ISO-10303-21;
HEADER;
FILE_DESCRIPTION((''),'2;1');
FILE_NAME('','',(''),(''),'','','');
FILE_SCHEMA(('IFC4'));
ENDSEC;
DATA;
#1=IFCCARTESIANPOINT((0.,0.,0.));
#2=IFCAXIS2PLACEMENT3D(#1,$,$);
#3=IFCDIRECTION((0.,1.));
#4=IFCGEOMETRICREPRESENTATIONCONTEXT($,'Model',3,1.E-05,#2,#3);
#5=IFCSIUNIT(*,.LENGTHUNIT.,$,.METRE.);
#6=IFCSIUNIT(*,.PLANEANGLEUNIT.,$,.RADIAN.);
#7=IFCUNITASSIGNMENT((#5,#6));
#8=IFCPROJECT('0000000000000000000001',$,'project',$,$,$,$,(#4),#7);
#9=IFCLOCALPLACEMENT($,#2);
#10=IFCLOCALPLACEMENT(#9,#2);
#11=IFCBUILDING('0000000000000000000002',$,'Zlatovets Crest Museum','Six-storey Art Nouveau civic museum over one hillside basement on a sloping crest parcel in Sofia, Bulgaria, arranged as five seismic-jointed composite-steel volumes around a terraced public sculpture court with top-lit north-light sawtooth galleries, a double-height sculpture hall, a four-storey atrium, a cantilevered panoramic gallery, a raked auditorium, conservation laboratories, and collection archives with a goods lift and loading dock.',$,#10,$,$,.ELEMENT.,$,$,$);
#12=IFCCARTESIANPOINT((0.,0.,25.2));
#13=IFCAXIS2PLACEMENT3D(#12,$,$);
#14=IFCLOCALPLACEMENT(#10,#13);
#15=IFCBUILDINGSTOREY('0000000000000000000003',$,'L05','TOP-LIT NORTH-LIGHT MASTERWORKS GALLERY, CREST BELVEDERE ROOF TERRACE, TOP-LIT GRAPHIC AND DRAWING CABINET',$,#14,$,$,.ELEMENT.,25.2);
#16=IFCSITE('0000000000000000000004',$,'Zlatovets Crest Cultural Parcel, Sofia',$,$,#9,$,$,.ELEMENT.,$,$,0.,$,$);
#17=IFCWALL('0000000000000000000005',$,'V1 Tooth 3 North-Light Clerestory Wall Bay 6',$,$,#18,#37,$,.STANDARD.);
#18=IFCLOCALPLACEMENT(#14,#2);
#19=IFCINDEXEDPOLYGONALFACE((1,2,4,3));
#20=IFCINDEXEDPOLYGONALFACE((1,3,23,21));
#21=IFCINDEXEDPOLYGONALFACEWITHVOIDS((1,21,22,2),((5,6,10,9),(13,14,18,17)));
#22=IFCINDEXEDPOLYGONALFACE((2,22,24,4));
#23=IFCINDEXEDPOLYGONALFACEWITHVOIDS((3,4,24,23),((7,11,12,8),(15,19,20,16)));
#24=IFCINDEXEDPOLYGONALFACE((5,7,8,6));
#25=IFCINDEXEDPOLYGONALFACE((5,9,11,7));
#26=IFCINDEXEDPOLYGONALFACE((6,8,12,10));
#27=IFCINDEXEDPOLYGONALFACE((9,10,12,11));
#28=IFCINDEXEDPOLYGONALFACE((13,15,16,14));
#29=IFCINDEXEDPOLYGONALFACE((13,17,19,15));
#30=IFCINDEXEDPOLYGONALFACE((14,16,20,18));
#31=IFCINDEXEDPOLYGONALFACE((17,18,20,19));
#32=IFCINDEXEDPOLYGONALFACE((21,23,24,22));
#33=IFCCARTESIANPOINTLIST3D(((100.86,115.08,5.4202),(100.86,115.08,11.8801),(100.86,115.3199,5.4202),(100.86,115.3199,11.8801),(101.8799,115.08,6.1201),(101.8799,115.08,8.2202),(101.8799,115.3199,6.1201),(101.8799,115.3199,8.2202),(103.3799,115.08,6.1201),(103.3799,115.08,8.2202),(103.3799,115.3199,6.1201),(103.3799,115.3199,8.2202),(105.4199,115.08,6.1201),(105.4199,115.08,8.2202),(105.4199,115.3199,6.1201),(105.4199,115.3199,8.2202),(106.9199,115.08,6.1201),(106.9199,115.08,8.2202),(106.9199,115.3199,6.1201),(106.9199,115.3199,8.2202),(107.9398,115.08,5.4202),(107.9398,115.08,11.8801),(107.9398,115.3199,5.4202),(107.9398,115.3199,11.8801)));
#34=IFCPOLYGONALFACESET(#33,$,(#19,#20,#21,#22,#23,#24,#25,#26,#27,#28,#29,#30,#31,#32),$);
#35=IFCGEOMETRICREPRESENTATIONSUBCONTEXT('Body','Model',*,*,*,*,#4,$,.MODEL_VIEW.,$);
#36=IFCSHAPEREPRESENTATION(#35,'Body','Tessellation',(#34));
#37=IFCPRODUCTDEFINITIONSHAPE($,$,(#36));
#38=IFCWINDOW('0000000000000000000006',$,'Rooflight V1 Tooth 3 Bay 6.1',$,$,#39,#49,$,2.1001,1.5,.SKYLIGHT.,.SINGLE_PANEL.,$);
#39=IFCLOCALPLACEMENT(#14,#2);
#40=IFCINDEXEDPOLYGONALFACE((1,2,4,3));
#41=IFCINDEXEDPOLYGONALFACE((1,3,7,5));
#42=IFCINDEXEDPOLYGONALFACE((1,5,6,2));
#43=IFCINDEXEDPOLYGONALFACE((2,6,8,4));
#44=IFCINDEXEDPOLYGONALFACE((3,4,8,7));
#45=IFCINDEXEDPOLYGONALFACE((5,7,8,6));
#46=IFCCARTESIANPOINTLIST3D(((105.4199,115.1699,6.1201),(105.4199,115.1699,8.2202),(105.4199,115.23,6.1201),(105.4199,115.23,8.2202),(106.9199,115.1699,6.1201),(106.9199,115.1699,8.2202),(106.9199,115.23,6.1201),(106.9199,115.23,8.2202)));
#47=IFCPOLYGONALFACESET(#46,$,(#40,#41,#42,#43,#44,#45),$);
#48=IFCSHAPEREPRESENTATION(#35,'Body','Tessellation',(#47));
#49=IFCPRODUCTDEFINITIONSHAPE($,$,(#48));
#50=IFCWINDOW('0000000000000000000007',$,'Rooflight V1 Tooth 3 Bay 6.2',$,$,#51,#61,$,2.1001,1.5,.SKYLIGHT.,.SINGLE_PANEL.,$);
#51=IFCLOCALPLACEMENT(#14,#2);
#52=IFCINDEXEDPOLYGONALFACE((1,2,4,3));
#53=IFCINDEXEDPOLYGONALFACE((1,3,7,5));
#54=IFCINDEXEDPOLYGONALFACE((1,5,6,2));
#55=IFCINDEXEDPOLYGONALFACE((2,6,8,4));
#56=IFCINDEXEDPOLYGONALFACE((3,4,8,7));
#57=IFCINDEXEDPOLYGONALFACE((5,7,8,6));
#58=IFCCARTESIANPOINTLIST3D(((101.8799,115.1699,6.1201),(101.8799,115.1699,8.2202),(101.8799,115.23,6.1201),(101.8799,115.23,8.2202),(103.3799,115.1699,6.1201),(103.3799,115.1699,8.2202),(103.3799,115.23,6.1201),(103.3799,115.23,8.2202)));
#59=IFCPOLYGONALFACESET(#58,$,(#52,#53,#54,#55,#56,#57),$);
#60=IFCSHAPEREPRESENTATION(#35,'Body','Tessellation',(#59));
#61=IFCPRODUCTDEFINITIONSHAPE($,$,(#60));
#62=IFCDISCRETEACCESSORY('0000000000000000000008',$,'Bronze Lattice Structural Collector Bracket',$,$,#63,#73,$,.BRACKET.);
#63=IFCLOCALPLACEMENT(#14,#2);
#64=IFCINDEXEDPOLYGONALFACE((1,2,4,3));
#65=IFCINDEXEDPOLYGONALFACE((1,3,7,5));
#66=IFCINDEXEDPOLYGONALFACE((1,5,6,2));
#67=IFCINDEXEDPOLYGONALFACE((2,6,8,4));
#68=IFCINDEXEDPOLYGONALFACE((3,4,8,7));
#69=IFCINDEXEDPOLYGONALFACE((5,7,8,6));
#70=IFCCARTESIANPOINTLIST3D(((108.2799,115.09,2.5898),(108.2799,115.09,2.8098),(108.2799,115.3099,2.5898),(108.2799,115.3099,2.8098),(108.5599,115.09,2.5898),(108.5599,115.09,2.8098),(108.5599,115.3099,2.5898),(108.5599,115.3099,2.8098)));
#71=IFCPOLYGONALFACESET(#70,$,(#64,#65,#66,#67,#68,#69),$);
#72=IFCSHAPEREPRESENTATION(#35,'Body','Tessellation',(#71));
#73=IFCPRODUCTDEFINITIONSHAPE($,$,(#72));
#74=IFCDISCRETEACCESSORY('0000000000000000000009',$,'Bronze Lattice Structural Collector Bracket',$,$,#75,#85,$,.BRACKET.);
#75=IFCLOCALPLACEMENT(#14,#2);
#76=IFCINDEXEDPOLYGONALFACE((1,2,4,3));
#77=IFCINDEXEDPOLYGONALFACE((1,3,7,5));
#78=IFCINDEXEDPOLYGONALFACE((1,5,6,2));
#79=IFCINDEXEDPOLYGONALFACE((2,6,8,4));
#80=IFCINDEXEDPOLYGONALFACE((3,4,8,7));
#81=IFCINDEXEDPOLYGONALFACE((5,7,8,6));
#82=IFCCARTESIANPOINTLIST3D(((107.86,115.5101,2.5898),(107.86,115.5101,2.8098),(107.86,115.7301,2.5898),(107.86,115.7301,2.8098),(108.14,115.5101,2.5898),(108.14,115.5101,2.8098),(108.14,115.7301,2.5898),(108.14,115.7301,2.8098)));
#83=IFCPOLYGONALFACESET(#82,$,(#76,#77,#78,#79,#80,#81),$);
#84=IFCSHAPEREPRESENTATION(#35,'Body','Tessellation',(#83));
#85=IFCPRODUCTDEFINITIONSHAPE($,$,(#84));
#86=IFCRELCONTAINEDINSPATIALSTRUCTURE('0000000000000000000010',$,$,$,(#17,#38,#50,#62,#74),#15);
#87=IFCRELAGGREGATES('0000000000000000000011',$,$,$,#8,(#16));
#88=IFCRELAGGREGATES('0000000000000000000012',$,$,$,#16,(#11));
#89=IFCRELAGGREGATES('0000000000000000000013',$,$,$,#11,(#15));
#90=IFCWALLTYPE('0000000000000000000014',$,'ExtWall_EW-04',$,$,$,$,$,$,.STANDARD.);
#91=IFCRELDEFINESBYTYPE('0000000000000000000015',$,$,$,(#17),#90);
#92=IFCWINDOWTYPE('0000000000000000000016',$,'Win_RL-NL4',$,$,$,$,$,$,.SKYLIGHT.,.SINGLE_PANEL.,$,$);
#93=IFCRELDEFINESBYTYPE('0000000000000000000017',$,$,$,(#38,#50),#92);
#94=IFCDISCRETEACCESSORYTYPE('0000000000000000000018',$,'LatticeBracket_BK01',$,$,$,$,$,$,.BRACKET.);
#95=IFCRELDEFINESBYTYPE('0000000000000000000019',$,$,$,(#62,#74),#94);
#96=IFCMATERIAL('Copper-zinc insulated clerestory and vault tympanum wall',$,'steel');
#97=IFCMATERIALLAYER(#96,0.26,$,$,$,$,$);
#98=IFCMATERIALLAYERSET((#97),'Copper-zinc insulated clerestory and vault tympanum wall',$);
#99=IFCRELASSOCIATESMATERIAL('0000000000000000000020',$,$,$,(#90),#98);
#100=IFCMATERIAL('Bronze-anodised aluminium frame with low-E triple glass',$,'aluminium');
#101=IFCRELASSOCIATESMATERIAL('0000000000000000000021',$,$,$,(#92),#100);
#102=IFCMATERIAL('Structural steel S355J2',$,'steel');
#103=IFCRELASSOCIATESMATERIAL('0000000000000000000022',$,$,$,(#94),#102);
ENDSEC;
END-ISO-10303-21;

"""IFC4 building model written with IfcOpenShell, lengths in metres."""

from ifc_helpers import new_model, si_unit, direction, frame, frame_2d, origin, origin_2d, place, context, subcontext, project, spatial, rectangle, extrude, material, layer, layer_set, type_object, element, fill, save


model = new_model("IFC4")

# Units and contexts
model_context = context("Model", 3, precision=1e-05, world=origin(), true_north=direction((0.0, 1.0)))
body_context = subcontext(model_context, "Body", "Model", "MODEL_VIEW")
ifc_project = project(units=[si_unit("LENGTHUNIT", "METRE"), si_unit("PLANEANGLEUNIT", "RADIAN")], contexts=[model_context])

# Site, building, storey
site_placement = place(None, origin())
site = spatial("IfcSite", under=ifc_project, at=site_placement, Name="Zlatovets Crest Cultural Parcel, Sofia", CompositionType="ELEMENT", RefElevation=0.0)
building_placement = place(site_placement, origin())
building = spatial("IfcBuilding", under=site, at=building_placement, Name="Zlatovets Crest Museum", Description="Six-storey Art Nouveau civic museum over one hillside basement on a sloping crest parcel in Sofia, Bulgaria, arranged as five seismic-jointed composite-steel volumes around a terraced public sculpture court with top-lit north-light sawtooth galleries, a double-height sculpture hall, a four-storey atrium, a cantilevered panoramic gallery, a raked auditorium, conservation laboratories, and collection archives with a goods lift and loading dock.", CompositionType="ELEMENT")
storey_placement = place(building_placement, frame((0.0, 0.0, 25.2)))
storey = spatial("IfcBuildingStorey", under=building, at=storey_placement, Name="L05", Description="TOP-LIT NORTH-LIGHT MASTERWORKS GALLERY, CREST BELVEDERE ROOF TERRACE, TOP-LIT GRAPHIC AND DRAWING CABINET", CompositionType="ELEMENT", Elevation=25.2)

# Shared definitions
ifc_material_1 = material(Name="Structural steel S355J2", Category="steel")

# Wall, openings, windows
ifc_material_2 = material(Name="Copper-zinc insulated clerestory and vault tympanum wall", Category="steel")
ifc_layer_1 = layer(ifc_material_2, 0.26)
ifc_layer_set_1 = layer_set([ifc_layer_1], Name="Copper-zinc insulated clerestory and vault tympanum wall")
wall_type_1 = type_object("IfcWallType", Name="ExtWall_EW-04", PredefinedType="STANDARD", material=ifc_layer_set_1)
wall_1_placement = place(storey_placement, frame((107.9399, 115.2, 5.4202), z_axis=(0.0, 0.0, 1.0), x_axis=(-1.0, 0.0, 0.0)))
wall_1 = element("IfcWall", 1, at=wall_1_placement, inside=storey, type_object=wall_type_1, Name="V1 Tooth 3 North-Light Clerestory Wall Bay 6", PredefinedType="STANDARD", context=body_context, shape_type="SweptSolid", body=[
    extrude(rectangle(XDim=7.0798, YDim=0.24, at=frame_2d((3.54, 0.0))), origin(), (0.0, 0.0, 1.0), 6.46),
])
opening_1_placement = place(wall_1_placement, frame((1.02, 0.0, 0.7)))
opening_1 = element("IfcOpeningElement", 2, at=opening_1_placement, cuts=wall_1, PredefinedType="OPENING", context=body_context, shape_type="SweptSolid", body=[
    extrude(rectangle(XDim=1.5, YDim=2.1001, at=frame_2d((0.75, 1.05))), frame((0.0, 0.1299, 0.0), z_axis=(0.0, -1.0, 0.0), x_axis=(1.0, 0.0, 0.0)), (0.0, 0.0, 1.0), 0.26),
])
opening_2_placement = place(wall_1_placement, frame((4.5601, 0.0, 0.7)))
opening_2 = element("IfcOpeningElement", 3, at=opening_2_placement, cuts=wall_1, PredefinedType="OPENING", context=body_context, shape_type="SweptSolid", body=[
    extrude(rectangle(XDim=1.5, YDim=2.1001, at=frame_2d((0.75, 1.05))), frame((0.0, 0.1299, 0.0), z_axis=(0.0, -1.0, 0.0), x_axis=(1.0, 0.0, 0.0)), (0.0, 0.0, 1.0), 0.26),
])
ifc_material_3 = material(Name="Bronze-anodised aluminium frame with low-E triple glass", Category="aluminium")
window_type = type_object("IfcWindowType", Name="Win_RL-NL4", PartitioningType="SINGLE_PANEL", PredefinedType="SKYLIGHT", material=ifc_material_3)
window_1_placement = place(opening_1_placement, origin())
window_1 = element("IfcWindow", 4, at=window_1_placement, inside=storey, type_object=window_type, Name="Rooflight V1 Tooth 3 Bay 6.1", OverallHeight=2.1001, OverallWidth=1.5, PartitioningType="SINGLE_PANEL", PredefinedType="SKYLIGHT", context=body_context, shape_type="SweptSolid", body=[
    extrude(rectangle(XDim=1.5, YDim=2.1001, at=frame_2d((0.75, 1.05))), frame((0.0, 0.03, 0.0), z_axis=(0.0, -1.0, 0.0), x_axis=(1.0, 0.0, 0.0)), (0.0, 0.0, 1.0), 0.0601),
])
fill(opening_1, window_1)
window_2_placement = place(opening_2_placement, origin())
window_2 = element("IfcWindow", 5, at=window_2_placement, inside=storey, type_object=window_type, Name="Rooflight V1 Tooth 3 Bay 6.2", OverallHeight=2.1001, OverallWidth=1.5, PartitioningType="SINGLE_PANEL", PredefinedType="SKYLIGHT", context=body_context, shape_type="SweptSolid", body=[
    extrude(rectangle(XDim=1.5, YDim=2.1001, at=frame_2d((0.75, 1.05))), frame((0.0, 0.03, 0.0), z_axis=(0.0, -1.0, 0.0), x_axis=(1.0, 0.0, 0.0)), (0.0, 0.0, 1.0), 0.0601),
])
fill(opening_2, window_2)

# Discrete accessories
discrete_accessory_type = type_object("IfcDiscreteAccessoryType", Name="LatticeBracket_BK01", PredefinedType="BRACKET", material=ifc_material_1)
for number, where, z_axis, x_axis, name in (
    (6, (108.4199, 115.2, 2.5898), (0.0, 0.0, 1.0), (1.0, 0.0, 0.0), "Bronze Lattice Structural Collector Bracket"),
    (7, (108.0, 115.6201, 2.5898), (0.0, 0.0, 1.0), (1.0, 0.0, 0.0), "Bronze Lattice Structural Collector Bracket"),
):
    element("IfcDiscreteAccessory", number, at=place(storey_placement, frame(where, z_axis=z_axis, x_axis=x_axis)), inside=storey, type_object=discrete_accessory_type, Name=name, PredefinedType="BRACKET", context=body_context, shape_type="SweptSolid", body=[
        extrude(rectangle(XDim=0.28, YDim=0.22, at=origin_2d()), origin(), (0.0, 0.0, 1.0), 0.22),
    ])

save(model, "model.ifc")
